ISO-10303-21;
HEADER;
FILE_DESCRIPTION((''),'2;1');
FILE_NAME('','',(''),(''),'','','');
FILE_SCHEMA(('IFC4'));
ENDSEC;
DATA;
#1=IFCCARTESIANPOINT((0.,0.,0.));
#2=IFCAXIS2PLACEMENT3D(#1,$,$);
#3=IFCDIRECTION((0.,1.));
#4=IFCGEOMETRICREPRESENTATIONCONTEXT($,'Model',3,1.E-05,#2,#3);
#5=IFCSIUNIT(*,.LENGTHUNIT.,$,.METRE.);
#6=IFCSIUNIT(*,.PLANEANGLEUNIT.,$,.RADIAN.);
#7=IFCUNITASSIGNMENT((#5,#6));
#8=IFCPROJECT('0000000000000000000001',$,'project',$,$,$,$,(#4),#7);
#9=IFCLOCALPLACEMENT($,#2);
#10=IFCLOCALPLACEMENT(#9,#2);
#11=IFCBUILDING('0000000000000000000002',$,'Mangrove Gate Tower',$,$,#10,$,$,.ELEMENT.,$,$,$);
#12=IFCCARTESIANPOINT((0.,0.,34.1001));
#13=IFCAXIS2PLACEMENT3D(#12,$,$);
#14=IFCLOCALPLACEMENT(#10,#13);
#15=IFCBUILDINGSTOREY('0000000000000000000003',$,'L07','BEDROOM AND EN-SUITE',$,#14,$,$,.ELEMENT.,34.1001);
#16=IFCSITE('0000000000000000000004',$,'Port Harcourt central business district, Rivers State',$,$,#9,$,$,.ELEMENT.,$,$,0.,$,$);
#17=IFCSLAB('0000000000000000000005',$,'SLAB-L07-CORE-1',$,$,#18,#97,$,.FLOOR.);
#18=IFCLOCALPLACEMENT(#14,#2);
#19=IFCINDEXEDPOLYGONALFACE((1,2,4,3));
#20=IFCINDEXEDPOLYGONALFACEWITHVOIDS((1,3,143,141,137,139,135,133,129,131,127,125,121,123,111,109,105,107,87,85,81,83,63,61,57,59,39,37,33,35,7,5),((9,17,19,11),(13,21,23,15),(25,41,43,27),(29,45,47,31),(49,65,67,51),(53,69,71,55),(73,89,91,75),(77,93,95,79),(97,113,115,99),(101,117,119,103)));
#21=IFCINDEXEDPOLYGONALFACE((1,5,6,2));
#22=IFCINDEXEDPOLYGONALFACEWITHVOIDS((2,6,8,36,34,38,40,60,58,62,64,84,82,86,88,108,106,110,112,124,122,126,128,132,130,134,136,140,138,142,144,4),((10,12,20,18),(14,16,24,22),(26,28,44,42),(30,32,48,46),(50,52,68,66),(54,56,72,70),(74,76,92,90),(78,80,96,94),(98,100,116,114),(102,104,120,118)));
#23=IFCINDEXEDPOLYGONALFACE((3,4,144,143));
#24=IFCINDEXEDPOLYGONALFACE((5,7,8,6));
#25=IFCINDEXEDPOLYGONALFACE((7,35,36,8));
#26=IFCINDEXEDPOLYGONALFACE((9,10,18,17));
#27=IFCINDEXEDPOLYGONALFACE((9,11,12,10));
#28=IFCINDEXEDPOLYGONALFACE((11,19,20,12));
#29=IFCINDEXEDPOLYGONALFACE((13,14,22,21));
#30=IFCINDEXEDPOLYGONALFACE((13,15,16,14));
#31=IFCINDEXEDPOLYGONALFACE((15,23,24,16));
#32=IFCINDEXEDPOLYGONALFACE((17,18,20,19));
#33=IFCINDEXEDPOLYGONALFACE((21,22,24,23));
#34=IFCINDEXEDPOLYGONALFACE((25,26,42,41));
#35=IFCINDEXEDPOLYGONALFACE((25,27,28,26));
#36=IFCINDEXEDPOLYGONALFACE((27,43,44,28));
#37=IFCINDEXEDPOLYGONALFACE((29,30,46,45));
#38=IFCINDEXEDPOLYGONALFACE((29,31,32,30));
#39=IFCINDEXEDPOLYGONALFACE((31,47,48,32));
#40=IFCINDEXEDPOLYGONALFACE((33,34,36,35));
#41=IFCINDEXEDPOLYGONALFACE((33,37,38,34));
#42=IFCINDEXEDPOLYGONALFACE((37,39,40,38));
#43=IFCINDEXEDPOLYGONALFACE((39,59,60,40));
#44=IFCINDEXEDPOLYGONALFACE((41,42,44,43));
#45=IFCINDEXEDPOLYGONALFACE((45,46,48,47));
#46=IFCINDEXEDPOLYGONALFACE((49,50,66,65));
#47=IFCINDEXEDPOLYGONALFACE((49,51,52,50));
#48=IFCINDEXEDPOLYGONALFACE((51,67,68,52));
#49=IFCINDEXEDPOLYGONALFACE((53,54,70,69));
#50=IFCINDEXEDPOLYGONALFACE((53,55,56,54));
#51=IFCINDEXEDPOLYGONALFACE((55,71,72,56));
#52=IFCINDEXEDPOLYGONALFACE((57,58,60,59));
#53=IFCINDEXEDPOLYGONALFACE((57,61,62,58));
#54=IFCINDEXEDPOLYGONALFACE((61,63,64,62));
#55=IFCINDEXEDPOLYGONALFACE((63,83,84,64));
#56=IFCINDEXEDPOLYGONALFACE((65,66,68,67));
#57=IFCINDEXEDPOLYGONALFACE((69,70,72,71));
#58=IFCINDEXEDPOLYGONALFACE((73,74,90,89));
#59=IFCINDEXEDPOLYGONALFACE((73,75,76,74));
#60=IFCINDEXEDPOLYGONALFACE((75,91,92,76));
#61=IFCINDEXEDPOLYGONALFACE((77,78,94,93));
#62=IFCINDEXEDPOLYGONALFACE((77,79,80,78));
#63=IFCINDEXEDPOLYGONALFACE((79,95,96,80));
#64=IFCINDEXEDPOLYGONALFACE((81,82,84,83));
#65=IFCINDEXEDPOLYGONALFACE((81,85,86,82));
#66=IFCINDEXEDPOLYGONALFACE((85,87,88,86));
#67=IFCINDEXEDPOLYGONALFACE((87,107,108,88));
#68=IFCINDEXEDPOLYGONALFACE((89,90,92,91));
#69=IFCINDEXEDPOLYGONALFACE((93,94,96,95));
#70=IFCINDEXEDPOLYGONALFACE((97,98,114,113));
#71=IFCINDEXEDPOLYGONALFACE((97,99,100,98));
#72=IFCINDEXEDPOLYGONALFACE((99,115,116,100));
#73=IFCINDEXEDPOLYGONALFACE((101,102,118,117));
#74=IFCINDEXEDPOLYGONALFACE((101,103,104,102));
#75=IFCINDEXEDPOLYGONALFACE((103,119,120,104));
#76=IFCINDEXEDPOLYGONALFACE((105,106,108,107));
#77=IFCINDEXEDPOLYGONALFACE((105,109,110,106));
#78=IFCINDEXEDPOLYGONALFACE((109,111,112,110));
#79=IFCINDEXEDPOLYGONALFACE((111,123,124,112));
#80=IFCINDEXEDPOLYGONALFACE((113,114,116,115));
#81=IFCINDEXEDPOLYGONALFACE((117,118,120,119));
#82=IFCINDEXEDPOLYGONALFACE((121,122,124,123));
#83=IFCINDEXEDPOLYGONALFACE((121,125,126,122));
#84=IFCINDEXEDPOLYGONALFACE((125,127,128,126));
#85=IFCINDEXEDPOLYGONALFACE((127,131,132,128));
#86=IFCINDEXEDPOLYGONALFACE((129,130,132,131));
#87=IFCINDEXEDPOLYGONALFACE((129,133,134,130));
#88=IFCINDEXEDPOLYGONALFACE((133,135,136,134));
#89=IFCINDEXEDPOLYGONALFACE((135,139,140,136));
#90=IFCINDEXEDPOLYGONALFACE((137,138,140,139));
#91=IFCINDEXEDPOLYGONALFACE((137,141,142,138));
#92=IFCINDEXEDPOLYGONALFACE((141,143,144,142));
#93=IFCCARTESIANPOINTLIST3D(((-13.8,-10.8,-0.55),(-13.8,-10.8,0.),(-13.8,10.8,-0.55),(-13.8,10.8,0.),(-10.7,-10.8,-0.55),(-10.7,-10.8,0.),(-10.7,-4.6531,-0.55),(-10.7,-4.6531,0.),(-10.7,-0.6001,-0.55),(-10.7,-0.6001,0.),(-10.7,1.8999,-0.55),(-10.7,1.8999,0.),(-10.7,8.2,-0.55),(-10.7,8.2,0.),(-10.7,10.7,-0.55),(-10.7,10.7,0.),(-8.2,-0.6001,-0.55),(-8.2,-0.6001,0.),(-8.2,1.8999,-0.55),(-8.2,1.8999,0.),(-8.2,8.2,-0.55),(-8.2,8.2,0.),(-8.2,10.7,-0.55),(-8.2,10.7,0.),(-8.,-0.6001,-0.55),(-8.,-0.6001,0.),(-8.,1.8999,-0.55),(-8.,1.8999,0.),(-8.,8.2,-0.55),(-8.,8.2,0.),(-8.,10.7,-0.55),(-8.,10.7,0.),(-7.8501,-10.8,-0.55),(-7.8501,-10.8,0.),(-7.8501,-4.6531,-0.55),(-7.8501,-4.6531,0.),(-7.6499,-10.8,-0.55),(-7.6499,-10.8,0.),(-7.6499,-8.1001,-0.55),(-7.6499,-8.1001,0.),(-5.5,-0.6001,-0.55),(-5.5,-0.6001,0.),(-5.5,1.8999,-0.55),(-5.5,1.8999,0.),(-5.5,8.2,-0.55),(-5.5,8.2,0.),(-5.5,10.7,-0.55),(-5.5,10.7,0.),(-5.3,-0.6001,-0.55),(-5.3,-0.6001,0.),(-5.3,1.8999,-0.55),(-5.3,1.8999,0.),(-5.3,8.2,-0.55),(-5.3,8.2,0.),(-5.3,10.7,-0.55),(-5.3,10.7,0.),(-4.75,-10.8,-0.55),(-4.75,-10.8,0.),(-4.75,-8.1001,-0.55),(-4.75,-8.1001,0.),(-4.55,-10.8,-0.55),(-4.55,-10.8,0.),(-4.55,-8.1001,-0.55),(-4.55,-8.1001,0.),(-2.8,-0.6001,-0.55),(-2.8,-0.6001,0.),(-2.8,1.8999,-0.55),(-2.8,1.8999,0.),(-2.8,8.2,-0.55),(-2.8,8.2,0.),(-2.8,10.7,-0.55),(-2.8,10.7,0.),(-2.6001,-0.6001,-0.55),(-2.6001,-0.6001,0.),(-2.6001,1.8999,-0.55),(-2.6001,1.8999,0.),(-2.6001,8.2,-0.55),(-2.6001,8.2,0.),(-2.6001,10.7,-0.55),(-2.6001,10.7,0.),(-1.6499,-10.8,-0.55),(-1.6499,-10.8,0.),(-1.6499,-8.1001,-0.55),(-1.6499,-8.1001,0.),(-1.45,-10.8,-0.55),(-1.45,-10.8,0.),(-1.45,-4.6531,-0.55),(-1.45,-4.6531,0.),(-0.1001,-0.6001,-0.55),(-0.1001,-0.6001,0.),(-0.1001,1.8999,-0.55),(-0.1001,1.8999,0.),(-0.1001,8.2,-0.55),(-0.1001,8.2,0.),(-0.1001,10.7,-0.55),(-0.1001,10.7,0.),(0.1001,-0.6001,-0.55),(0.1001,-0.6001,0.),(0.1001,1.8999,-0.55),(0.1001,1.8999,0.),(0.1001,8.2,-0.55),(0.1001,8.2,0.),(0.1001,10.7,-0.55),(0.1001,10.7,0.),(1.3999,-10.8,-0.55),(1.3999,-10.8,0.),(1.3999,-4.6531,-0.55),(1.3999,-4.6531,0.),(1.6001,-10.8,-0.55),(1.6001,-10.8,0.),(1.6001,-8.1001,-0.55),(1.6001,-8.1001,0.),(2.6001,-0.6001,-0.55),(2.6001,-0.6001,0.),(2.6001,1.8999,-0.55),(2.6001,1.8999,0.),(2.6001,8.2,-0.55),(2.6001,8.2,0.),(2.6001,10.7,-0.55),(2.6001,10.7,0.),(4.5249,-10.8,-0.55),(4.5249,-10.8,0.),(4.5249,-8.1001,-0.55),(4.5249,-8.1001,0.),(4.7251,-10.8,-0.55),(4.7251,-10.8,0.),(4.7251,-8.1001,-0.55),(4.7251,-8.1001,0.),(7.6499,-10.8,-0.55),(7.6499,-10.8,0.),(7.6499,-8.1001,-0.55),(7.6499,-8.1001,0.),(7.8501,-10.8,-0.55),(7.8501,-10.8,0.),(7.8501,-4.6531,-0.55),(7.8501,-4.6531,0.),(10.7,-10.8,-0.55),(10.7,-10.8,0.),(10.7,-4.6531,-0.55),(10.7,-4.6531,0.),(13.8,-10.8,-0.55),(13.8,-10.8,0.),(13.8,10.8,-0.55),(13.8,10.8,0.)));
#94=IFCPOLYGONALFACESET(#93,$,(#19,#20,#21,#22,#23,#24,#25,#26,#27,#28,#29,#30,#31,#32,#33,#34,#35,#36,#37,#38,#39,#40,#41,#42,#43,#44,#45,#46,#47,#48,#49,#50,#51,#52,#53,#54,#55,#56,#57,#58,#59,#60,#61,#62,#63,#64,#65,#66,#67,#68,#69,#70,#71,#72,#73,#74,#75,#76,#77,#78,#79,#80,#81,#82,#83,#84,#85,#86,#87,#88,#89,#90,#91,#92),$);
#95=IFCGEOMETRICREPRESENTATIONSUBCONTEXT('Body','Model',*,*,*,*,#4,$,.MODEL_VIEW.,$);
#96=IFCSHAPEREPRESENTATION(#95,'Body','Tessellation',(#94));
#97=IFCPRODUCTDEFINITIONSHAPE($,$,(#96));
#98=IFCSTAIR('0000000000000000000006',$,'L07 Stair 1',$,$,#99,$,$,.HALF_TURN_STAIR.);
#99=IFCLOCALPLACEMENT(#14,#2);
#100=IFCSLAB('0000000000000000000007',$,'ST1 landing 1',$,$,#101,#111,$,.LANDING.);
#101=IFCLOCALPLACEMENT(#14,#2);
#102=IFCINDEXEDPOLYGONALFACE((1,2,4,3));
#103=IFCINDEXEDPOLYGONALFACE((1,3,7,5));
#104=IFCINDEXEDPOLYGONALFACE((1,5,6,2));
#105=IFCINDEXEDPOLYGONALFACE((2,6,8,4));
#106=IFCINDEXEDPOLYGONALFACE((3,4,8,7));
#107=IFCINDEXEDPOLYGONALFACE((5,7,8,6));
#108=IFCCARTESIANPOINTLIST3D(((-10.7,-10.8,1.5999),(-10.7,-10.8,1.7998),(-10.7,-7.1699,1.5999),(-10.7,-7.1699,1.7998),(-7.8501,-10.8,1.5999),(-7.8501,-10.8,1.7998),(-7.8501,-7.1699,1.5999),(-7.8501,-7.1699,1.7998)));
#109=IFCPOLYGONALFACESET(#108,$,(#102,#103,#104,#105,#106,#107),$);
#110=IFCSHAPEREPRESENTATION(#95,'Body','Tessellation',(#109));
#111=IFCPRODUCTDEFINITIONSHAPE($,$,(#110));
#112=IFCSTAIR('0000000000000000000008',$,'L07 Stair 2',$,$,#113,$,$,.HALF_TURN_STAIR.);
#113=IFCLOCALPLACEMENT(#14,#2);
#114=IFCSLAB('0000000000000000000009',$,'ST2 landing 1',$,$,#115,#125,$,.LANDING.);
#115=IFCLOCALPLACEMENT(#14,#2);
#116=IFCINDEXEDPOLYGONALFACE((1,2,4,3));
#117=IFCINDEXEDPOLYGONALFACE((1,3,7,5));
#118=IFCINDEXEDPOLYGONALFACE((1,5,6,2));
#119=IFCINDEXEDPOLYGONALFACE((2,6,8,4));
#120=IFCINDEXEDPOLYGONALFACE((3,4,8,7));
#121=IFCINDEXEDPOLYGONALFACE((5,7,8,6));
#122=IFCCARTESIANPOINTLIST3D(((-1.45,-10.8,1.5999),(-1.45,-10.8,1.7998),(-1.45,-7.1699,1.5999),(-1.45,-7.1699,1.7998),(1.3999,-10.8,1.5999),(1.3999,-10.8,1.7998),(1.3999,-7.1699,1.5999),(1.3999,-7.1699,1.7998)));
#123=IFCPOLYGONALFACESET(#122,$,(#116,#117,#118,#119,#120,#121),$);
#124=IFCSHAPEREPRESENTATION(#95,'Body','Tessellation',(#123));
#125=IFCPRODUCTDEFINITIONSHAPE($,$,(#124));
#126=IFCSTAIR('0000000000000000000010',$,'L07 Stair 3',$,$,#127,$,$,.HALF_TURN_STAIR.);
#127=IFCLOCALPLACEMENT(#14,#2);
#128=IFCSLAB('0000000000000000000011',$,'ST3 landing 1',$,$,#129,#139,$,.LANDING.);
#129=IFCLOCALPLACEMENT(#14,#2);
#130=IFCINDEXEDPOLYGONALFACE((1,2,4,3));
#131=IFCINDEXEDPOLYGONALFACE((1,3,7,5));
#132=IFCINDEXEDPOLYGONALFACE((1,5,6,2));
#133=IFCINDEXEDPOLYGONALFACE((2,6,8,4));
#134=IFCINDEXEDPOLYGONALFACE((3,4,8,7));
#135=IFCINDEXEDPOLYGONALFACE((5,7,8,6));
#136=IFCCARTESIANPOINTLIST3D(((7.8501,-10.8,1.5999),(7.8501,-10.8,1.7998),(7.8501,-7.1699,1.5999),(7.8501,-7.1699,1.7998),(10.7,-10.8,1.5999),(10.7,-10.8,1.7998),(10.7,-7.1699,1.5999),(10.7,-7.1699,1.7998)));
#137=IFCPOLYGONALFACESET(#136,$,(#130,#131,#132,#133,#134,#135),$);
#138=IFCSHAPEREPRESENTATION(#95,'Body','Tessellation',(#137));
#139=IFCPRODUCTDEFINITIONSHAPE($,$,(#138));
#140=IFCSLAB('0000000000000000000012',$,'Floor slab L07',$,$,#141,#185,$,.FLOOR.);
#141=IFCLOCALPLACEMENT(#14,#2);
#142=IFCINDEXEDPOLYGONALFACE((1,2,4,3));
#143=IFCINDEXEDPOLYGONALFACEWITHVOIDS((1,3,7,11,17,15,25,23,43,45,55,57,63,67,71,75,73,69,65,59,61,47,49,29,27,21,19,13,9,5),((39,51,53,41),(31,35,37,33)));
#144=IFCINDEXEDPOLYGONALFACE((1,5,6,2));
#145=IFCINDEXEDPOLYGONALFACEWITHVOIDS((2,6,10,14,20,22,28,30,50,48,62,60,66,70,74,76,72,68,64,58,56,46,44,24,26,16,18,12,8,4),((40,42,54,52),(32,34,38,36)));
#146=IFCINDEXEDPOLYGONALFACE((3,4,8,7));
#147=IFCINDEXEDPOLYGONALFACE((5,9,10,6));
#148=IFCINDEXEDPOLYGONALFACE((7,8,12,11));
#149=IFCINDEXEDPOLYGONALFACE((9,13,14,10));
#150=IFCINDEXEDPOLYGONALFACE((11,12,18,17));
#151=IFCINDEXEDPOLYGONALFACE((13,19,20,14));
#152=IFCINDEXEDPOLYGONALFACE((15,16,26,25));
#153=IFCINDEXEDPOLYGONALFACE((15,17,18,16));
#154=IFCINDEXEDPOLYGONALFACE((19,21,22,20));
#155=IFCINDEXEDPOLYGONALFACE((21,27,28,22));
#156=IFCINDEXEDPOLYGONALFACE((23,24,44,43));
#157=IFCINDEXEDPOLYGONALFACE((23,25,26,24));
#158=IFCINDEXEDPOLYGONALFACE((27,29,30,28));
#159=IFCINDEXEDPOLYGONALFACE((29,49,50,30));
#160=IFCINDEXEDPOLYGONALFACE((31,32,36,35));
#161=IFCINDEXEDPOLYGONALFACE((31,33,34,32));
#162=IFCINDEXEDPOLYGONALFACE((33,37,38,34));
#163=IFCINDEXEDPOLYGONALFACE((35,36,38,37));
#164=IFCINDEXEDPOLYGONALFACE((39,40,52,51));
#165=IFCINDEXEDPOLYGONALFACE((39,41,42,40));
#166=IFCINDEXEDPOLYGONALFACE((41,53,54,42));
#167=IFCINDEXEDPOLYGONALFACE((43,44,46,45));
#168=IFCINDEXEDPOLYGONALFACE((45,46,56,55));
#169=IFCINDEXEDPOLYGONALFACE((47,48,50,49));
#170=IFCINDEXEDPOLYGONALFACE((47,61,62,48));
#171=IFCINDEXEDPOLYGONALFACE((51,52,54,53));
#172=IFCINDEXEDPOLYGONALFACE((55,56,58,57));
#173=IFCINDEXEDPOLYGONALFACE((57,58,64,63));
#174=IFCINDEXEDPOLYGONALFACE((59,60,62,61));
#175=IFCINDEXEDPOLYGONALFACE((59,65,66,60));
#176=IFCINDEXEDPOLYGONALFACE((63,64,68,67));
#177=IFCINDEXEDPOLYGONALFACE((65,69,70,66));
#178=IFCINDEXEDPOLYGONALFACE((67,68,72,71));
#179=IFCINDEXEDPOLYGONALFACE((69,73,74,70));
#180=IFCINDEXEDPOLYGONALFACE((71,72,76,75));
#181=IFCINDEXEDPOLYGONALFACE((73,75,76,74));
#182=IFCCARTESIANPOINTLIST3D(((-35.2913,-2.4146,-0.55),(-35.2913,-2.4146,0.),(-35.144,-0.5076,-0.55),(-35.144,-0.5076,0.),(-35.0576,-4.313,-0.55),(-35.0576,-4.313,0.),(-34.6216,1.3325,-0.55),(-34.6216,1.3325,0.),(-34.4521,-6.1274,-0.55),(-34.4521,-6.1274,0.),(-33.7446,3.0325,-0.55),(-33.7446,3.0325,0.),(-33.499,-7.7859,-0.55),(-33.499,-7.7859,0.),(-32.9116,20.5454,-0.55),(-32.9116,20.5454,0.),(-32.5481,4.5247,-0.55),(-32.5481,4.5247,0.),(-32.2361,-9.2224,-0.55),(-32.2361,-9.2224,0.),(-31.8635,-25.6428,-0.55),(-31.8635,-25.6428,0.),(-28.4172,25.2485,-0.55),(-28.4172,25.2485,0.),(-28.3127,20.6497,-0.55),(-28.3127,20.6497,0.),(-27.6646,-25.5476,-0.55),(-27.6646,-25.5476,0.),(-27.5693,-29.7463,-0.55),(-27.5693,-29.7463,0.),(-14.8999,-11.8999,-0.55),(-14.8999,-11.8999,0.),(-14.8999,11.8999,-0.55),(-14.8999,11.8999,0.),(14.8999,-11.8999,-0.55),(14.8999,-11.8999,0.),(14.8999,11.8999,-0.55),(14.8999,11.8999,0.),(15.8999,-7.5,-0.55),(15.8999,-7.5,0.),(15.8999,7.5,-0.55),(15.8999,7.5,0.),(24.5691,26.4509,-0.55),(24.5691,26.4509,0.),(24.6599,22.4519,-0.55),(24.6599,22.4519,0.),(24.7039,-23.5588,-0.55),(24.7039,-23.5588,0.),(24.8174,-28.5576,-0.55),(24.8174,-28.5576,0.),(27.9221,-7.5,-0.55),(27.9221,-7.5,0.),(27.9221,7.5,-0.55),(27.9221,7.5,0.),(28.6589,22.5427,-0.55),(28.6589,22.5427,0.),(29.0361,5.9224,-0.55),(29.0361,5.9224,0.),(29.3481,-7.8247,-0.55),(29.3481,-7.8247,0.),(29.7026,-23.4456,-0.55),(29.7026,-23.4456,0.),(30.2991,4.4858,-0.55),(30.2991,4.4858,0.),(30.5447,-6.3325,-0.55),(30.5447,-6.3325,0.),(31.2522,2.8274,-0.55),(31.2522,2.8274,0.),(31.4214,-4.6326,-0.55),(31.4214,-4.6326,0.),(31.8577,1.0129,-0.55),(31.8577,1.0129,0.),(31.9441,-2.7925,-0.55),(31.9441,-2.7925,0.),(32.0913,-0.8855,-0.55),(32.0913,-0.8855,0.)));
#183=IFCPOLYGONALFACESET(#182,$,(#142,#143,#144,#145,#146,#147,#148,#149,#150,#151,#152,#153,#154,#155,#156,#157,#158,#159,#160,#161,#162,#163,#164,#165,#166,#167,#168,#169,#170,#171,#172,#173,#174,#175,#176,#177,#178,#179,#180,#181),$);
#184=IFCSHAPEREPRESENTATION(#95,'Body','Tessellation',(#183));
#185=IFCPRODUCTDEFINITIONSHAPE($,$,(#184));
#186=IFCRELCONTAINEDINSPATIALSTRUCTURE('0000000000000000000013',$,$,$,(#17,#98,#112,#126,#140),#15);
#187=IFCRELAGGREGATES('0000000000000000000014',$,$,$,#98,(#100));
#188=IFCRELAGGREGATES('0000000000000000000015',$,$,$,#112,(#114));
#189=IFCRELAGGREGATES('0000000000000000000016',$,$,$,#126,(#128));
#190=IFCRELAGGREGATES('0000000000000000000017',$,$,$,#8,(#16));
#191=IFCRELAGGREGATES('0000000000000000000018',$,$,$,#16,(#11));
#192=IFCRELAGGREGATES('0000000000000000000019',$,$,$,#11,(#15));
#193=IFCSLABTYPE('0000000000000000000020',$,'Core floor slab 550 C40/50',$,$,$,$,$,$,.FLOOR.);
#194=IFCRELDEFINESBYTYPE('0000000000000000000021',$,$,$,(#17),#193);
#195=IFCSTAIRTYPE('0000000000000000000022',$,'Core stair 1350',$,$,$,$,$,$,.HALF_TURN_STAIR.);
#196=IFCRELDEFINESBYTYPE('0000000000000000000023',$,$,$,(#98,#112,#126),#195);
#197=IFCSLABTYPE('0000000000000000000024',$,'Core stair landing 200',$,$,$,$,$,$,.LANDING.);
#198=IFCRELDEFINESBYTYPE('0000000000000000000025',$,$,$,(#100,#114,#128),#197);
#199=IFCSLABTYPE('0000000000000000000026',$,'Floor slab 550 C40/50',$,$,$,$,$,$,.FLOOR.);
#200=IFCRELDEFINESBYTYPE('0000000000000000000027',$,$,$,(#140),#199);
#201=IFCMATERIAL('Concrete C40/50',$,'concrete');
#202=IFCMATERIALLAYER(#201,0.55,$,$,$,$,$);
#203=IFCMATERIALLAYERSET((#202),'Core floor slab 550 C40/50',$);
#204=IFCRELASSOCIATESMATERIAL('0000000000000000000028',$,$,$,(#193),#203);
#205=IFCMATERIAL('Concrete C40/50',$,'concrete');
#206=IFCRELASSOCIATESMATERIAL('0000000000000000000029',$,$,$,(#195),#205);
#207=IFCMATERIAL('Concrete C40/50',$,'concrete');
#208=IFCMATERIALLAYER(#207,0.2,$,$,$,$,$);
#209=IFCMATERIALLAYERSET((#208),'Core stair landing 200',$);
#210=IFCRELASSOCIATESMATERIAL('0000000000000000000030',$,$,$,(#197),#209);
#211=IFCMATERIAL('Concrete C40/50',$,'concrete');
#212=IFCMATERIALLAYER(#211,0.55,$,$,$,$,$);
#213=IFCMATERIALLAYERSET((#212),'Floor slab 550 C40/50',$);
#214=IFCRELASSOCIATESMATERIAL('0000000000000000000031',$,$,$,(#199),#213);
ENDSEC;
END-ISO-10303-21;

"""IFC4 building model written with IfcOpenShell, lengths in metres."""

from ifc_helpers import new_model, si_unit, direction, frame, origin, place, context, subcontext, project, spatial, polyline, outline, extrude, material, layer, layer_set, type_object, element, aggregate, save


model = new_model("IFC4")

# Units and contexts
model_context = context("Model", 3, precision=1e-05, world=origin(), true_north=direction((0.0, 1.0)))
body_context = subcontext(model_context, "Body", "Model", "MODEL_VIEW")
ifc_project = project(units=[si_unit("LENGTHUNIT", "METRE"), si_unit("PLANEANGLEUNIT", "RADIAN")], contexts=[model_context])

# Site, building, storey
site_placement = place(None, origin())
site = spatial("IfcSite", under=ifc_project, at=site_placement, Name="Port Harcourt central business district, Rivers State", CompositionType="ELEMENT", RefElevation=0.0)
building_placement = place(site_placement, origin())
building = spatial("IfcBuilding", under=site, at=building_placement, Name="Mangrove Gate Tower", CompositionType="ELEMENT")
storey_placement = place(building_placement, frame((0.0, 0.0, 34.1001)))
storey = spatial("IfcBuildingStorey", under=building, at=storey_placement, Name="L07", Description="BEDROOM AND EN-SUITE", CompositionType="ELEMENT", Elevation=34.1001)

# Slab
ifc_material_1 = material(Name="Concrete C40/50", Category="concrete")
ifc_layer_1 = layer(ifc_material_1, 0.55)
ifc_layer_set_1 = layer_set([ifc_layer_1], Name="Core floor slab 550 C40/50")
slab_type_1 = type_object("IfcSlabType", Name="Core floor slab 550 C40/50", PredefinedType="FLOOR", material=ifc_layer_set_1)
slab_1_placement = place(storey_placement, frame((0.0, 0.0, -0.55)))
element("IfcSlab", 1, at=slab_1_placement, inside=storey, type_object=slab_type_1, Name="SLAB-L07-CORE-1", PredefinedType="FLOOR", context=body_context, shape_type="SweptSolid", body=[
    extrude(outline(polyline([(-13.8, -10.8), (-13.8, 10.8), (13.8, 10.8), (13.8, -10.8), (10.7, -10.8), (10.7, -4.6531), (7.8501, -4.6531), (7.8501, -10.8), (7.6499, -10.8), (7.6499, -8.1001), (4.7251, -8.1001), (4.7251, -10.8), (4.5249, -10.8), (4.5249, -8.1001), (1.6001, -8.1001), (1.6001, -10.8), (1.3999, -10.8), (1.3999, -4.6531), (-1.45, -4.6531), (-1.45, -10.8), (-1.6499, -10.8), (-1.6499, -8.1001), (-4.55, -8.1001), (-4.55, -10.8), (-4.75, -10.8), (-4.75, -8.1001), (-7.6499, -8.1001), (-7.6499, -10.8), (-7.8501, -10.8), (-7.8501, -4.6531), (-10.7, -4.6531), (-10.7, -10.8), (-13.8, -10.8)]), holes=[polyline([(-8.2, -0.6001), (-8.2, 1.8999), (-10.7, 1.8999), (-10.7, -0.6001), (-8.2, -0.6001)]), polyline([(-5.5, -0.6001), (-5.5, 1.8999), (-8.0, 1.8999), (-8.0, -0.6001), (-5.5, -0.6001)]), polyline([(-2.8, -0.6001), (-2.8, 1.8999), (-5.3, 1.8999), (-5.3, -0.6001), (-2.8, -0.6001)]), polyline([(-8.2, 8.2), (-8.2, 10.7), (-10.7, 10.7), (-10.7, 8.2), (-8.2, 8.2)]), polyline([(-5.5, 8.2), (-5.5, 10.7), (-8.0, 10.7), (-8.0, 8.2), (-5.5, 8.2)]), polyline([(-2.8, 8.2), (-2.8, 10.7), (-5.3, 10.7), (-5.3, 8.2), (-2.8, 8.2)]), polyline([(-0.1001, -0.6001), (-0.1001, 1.8999), (-2.6001, 1.8999), (-2.6001, -0.6001), (-0.1001, -0.6001)]), polyline([(2.6001, -0.6001), (2.6001, 1.8999), (0.1001, 1.8999), (0.1001, -0.6001), (2.6001, -0.6001)]), polyline([(-2.6001, 8.2), (-0.1001, 8.2), (-0.1001, 10.7), (-2.6001, 10.7), (-2.6001, 8.2)]), polyline([(0.1001, 8.2), (2.6001, 8.2), (2.6001, 10.7), (0.1001, 10.7), (0.1001, 8.2)])]), origin(), (0.0, 0.0, 1.0), 0.55),
])

# Stairs, slabs
ifc_material_2 = material(Name="Concrete C40/50", Category="concrete")
stair_type = type_object("IfcStairType", Name="Core stair 1350", PredefinedType="HALF_TURN_STAIR", material=ifc_material_2)
stair_1_placement = place(storey_placement, origin())
stair_1 = element("IfcStair", 2, at=stair_1_placement, inside=storey, type_object=stair_type, Name="L07 Stair 1", PredefinedType="HALF_TURN_STAIR")
ifc_material_3 = material(Name="Concrete C40/50", Category="concrete")
ifc_layer_2 = layer(ifc_material_3, 0.2)
ifc_layer_set_2 = layer_set([ifc_layer_2], Name="Core stair landing 200")
slab_type_2 = type_object("IfcSlabType", Name="Core stair landing 200", PredefinedType="LANDING", material=ifc_layer_set_2)
slab_2_placement = place(storey_placement, frame((0.0, 0.0, 1.5999)))
slab_2 = element("IfcSlab", 3, at=slab_2_placement, type_object=slab_type_2, Name="ST1 landing 1", PredefinedType="LANDING", context=body_context, shape_type="SweptSolid", body=[
    extrude(outline(polyline([(-10.7, -7.1699), (-10.7, -10.8), (-7.8501, -10.8), (-7.8501, -7.1699), (-10.7, -7.1699)])), origin(), (0.0, 0.0, 1.0), 0.2),
])
aggregate(stair_1, [slab_2])
stair_2_placement = place(storey_placement, origin())
stair_2 = element("IfcStair", 4, at=stair_2_placement, inside=storey, type_object=stair_type, Name="L07 Stair 2", PredefinedType="HALF_TURN_STAIR")
slab_3_placement = place(storey_placement, frame((0.0, 0.0, 1.5999)))
slab_3 = element("IfcSlab", 5, at=slab_3_placement, type_object=slab_type_2, Name="ST2 landing 1", PredefinedType="LANDING", context=body_context, shape_type="SweptSolid", body=[
    extrude(outline(polyline([(-1.45, -7.1699), (-1.45, -10.8), (1.3999, -10.8), (1.3999, -7.1699), (-1.45, -7.1699)])), origin(), (0.0, 0.0, 1.0), 0.2),
])
aggregate(stair_2, [slab_3])
stair_3_placement = place(storey_placement, origin())
stair_3 = element("IfcStair", 6, at=stair_3_placement, inside=storey, type_object=stair_type, Name="L07 Stair 3", PredefinedType="HALF_TURN_STAIR")
slab_4_placement = place(storey_placement, frame((0.0, 0.0, 1.5999)))
slab_4 = element("IfcSlab", 7, at=slab_4_placement, type_object=slab_type_2, Name="ST3 landing 1", PredefinedType="LANDING", context=body_context, shape_type="SweptSolid", body=[
    extrude(outline(polyline([(7.8501, -7.1699), (7.8501, -10.8), (10.7, -10.8), (10.7, -7.1699), (7.8501, -7.1699)])), origin(), (0.0, 0.0, 1.0), 0.2),
])
aggregate(stair_3, [slab_4])

# Slab
ifc_material_4 = material(Name="Concrete C40/50", Category="concrete")
ifc_layer_3 = layer(ifc_material_4, 0.55)
ifc_layer_set_3 = layer_set([ifc_layer_3], Name="Floor slab 550 C40/50")
slab_type_3 = type_object("IfcSlabType", Name="Floor slab 550 C40/50", PredefinedType="FLOOR", material=ifc_layer_set_3)
slab_5_placement = place(storey_placement, frame((0.0, 0.0, -0.55)))
element("IfcSlab", 8, at=slab_5_placement, inside=storey, type_object=slab_type_3, Name="Floor slab L07", PredefinedType="FLOOR", context=body_context, shape_type="SweptSolid", body=[
    extrude(outline(polyline([(-27.5693, -29.7463), (24.8174, -28.5576), (24.7039, -23.5588), (29.7026, -23.4456), (29.3481, -7.8247), (30.5447, -6.3325), (31.4214, -4.6326), (31.9441, -2.7925), (32.0913, -0.8855), (31.8577, 1.0129), (31.2522, 2.8274), (30.2991, 4.4858), (29.0361, 5.9224), (28.6589, 22.5427), (24.6599, 22.4519), (24.5691, 26.4509), (-28.4172, 25.2485), (-28.3127, 20.6497), (-32.9116, 20.5454), (-32.5481, 4.5247), (-33.7446, 3.0325), (-34.6216, 1.3325), (-35.144, -0.5076), (-35.2913, -2.4146), (-35.0576, -4.313), (-34.4521, -6.1274), (-33.499, -7.7859), (-32.2361, -9.2224), (-31.8635, -25.6428), (-27.6646, -25.5476), (-27.5693, -29.7463)]), holes=[polyline([(15.8999, 7.5), (27.9221, 7.5), (27.9221, -7.5), (15.8999, -7.5), (15.8999, 7.5)]), polyline([(-14.8999, -11.8999), (-14.8999, 11.8999), (14.8999, 11.8999), (14.8999, -11.8999), (-14.8999, -11.8999)])]), origin(), (0.0, 0.0, 1.0), 0.55),
])

save(model, "model.ifc")
